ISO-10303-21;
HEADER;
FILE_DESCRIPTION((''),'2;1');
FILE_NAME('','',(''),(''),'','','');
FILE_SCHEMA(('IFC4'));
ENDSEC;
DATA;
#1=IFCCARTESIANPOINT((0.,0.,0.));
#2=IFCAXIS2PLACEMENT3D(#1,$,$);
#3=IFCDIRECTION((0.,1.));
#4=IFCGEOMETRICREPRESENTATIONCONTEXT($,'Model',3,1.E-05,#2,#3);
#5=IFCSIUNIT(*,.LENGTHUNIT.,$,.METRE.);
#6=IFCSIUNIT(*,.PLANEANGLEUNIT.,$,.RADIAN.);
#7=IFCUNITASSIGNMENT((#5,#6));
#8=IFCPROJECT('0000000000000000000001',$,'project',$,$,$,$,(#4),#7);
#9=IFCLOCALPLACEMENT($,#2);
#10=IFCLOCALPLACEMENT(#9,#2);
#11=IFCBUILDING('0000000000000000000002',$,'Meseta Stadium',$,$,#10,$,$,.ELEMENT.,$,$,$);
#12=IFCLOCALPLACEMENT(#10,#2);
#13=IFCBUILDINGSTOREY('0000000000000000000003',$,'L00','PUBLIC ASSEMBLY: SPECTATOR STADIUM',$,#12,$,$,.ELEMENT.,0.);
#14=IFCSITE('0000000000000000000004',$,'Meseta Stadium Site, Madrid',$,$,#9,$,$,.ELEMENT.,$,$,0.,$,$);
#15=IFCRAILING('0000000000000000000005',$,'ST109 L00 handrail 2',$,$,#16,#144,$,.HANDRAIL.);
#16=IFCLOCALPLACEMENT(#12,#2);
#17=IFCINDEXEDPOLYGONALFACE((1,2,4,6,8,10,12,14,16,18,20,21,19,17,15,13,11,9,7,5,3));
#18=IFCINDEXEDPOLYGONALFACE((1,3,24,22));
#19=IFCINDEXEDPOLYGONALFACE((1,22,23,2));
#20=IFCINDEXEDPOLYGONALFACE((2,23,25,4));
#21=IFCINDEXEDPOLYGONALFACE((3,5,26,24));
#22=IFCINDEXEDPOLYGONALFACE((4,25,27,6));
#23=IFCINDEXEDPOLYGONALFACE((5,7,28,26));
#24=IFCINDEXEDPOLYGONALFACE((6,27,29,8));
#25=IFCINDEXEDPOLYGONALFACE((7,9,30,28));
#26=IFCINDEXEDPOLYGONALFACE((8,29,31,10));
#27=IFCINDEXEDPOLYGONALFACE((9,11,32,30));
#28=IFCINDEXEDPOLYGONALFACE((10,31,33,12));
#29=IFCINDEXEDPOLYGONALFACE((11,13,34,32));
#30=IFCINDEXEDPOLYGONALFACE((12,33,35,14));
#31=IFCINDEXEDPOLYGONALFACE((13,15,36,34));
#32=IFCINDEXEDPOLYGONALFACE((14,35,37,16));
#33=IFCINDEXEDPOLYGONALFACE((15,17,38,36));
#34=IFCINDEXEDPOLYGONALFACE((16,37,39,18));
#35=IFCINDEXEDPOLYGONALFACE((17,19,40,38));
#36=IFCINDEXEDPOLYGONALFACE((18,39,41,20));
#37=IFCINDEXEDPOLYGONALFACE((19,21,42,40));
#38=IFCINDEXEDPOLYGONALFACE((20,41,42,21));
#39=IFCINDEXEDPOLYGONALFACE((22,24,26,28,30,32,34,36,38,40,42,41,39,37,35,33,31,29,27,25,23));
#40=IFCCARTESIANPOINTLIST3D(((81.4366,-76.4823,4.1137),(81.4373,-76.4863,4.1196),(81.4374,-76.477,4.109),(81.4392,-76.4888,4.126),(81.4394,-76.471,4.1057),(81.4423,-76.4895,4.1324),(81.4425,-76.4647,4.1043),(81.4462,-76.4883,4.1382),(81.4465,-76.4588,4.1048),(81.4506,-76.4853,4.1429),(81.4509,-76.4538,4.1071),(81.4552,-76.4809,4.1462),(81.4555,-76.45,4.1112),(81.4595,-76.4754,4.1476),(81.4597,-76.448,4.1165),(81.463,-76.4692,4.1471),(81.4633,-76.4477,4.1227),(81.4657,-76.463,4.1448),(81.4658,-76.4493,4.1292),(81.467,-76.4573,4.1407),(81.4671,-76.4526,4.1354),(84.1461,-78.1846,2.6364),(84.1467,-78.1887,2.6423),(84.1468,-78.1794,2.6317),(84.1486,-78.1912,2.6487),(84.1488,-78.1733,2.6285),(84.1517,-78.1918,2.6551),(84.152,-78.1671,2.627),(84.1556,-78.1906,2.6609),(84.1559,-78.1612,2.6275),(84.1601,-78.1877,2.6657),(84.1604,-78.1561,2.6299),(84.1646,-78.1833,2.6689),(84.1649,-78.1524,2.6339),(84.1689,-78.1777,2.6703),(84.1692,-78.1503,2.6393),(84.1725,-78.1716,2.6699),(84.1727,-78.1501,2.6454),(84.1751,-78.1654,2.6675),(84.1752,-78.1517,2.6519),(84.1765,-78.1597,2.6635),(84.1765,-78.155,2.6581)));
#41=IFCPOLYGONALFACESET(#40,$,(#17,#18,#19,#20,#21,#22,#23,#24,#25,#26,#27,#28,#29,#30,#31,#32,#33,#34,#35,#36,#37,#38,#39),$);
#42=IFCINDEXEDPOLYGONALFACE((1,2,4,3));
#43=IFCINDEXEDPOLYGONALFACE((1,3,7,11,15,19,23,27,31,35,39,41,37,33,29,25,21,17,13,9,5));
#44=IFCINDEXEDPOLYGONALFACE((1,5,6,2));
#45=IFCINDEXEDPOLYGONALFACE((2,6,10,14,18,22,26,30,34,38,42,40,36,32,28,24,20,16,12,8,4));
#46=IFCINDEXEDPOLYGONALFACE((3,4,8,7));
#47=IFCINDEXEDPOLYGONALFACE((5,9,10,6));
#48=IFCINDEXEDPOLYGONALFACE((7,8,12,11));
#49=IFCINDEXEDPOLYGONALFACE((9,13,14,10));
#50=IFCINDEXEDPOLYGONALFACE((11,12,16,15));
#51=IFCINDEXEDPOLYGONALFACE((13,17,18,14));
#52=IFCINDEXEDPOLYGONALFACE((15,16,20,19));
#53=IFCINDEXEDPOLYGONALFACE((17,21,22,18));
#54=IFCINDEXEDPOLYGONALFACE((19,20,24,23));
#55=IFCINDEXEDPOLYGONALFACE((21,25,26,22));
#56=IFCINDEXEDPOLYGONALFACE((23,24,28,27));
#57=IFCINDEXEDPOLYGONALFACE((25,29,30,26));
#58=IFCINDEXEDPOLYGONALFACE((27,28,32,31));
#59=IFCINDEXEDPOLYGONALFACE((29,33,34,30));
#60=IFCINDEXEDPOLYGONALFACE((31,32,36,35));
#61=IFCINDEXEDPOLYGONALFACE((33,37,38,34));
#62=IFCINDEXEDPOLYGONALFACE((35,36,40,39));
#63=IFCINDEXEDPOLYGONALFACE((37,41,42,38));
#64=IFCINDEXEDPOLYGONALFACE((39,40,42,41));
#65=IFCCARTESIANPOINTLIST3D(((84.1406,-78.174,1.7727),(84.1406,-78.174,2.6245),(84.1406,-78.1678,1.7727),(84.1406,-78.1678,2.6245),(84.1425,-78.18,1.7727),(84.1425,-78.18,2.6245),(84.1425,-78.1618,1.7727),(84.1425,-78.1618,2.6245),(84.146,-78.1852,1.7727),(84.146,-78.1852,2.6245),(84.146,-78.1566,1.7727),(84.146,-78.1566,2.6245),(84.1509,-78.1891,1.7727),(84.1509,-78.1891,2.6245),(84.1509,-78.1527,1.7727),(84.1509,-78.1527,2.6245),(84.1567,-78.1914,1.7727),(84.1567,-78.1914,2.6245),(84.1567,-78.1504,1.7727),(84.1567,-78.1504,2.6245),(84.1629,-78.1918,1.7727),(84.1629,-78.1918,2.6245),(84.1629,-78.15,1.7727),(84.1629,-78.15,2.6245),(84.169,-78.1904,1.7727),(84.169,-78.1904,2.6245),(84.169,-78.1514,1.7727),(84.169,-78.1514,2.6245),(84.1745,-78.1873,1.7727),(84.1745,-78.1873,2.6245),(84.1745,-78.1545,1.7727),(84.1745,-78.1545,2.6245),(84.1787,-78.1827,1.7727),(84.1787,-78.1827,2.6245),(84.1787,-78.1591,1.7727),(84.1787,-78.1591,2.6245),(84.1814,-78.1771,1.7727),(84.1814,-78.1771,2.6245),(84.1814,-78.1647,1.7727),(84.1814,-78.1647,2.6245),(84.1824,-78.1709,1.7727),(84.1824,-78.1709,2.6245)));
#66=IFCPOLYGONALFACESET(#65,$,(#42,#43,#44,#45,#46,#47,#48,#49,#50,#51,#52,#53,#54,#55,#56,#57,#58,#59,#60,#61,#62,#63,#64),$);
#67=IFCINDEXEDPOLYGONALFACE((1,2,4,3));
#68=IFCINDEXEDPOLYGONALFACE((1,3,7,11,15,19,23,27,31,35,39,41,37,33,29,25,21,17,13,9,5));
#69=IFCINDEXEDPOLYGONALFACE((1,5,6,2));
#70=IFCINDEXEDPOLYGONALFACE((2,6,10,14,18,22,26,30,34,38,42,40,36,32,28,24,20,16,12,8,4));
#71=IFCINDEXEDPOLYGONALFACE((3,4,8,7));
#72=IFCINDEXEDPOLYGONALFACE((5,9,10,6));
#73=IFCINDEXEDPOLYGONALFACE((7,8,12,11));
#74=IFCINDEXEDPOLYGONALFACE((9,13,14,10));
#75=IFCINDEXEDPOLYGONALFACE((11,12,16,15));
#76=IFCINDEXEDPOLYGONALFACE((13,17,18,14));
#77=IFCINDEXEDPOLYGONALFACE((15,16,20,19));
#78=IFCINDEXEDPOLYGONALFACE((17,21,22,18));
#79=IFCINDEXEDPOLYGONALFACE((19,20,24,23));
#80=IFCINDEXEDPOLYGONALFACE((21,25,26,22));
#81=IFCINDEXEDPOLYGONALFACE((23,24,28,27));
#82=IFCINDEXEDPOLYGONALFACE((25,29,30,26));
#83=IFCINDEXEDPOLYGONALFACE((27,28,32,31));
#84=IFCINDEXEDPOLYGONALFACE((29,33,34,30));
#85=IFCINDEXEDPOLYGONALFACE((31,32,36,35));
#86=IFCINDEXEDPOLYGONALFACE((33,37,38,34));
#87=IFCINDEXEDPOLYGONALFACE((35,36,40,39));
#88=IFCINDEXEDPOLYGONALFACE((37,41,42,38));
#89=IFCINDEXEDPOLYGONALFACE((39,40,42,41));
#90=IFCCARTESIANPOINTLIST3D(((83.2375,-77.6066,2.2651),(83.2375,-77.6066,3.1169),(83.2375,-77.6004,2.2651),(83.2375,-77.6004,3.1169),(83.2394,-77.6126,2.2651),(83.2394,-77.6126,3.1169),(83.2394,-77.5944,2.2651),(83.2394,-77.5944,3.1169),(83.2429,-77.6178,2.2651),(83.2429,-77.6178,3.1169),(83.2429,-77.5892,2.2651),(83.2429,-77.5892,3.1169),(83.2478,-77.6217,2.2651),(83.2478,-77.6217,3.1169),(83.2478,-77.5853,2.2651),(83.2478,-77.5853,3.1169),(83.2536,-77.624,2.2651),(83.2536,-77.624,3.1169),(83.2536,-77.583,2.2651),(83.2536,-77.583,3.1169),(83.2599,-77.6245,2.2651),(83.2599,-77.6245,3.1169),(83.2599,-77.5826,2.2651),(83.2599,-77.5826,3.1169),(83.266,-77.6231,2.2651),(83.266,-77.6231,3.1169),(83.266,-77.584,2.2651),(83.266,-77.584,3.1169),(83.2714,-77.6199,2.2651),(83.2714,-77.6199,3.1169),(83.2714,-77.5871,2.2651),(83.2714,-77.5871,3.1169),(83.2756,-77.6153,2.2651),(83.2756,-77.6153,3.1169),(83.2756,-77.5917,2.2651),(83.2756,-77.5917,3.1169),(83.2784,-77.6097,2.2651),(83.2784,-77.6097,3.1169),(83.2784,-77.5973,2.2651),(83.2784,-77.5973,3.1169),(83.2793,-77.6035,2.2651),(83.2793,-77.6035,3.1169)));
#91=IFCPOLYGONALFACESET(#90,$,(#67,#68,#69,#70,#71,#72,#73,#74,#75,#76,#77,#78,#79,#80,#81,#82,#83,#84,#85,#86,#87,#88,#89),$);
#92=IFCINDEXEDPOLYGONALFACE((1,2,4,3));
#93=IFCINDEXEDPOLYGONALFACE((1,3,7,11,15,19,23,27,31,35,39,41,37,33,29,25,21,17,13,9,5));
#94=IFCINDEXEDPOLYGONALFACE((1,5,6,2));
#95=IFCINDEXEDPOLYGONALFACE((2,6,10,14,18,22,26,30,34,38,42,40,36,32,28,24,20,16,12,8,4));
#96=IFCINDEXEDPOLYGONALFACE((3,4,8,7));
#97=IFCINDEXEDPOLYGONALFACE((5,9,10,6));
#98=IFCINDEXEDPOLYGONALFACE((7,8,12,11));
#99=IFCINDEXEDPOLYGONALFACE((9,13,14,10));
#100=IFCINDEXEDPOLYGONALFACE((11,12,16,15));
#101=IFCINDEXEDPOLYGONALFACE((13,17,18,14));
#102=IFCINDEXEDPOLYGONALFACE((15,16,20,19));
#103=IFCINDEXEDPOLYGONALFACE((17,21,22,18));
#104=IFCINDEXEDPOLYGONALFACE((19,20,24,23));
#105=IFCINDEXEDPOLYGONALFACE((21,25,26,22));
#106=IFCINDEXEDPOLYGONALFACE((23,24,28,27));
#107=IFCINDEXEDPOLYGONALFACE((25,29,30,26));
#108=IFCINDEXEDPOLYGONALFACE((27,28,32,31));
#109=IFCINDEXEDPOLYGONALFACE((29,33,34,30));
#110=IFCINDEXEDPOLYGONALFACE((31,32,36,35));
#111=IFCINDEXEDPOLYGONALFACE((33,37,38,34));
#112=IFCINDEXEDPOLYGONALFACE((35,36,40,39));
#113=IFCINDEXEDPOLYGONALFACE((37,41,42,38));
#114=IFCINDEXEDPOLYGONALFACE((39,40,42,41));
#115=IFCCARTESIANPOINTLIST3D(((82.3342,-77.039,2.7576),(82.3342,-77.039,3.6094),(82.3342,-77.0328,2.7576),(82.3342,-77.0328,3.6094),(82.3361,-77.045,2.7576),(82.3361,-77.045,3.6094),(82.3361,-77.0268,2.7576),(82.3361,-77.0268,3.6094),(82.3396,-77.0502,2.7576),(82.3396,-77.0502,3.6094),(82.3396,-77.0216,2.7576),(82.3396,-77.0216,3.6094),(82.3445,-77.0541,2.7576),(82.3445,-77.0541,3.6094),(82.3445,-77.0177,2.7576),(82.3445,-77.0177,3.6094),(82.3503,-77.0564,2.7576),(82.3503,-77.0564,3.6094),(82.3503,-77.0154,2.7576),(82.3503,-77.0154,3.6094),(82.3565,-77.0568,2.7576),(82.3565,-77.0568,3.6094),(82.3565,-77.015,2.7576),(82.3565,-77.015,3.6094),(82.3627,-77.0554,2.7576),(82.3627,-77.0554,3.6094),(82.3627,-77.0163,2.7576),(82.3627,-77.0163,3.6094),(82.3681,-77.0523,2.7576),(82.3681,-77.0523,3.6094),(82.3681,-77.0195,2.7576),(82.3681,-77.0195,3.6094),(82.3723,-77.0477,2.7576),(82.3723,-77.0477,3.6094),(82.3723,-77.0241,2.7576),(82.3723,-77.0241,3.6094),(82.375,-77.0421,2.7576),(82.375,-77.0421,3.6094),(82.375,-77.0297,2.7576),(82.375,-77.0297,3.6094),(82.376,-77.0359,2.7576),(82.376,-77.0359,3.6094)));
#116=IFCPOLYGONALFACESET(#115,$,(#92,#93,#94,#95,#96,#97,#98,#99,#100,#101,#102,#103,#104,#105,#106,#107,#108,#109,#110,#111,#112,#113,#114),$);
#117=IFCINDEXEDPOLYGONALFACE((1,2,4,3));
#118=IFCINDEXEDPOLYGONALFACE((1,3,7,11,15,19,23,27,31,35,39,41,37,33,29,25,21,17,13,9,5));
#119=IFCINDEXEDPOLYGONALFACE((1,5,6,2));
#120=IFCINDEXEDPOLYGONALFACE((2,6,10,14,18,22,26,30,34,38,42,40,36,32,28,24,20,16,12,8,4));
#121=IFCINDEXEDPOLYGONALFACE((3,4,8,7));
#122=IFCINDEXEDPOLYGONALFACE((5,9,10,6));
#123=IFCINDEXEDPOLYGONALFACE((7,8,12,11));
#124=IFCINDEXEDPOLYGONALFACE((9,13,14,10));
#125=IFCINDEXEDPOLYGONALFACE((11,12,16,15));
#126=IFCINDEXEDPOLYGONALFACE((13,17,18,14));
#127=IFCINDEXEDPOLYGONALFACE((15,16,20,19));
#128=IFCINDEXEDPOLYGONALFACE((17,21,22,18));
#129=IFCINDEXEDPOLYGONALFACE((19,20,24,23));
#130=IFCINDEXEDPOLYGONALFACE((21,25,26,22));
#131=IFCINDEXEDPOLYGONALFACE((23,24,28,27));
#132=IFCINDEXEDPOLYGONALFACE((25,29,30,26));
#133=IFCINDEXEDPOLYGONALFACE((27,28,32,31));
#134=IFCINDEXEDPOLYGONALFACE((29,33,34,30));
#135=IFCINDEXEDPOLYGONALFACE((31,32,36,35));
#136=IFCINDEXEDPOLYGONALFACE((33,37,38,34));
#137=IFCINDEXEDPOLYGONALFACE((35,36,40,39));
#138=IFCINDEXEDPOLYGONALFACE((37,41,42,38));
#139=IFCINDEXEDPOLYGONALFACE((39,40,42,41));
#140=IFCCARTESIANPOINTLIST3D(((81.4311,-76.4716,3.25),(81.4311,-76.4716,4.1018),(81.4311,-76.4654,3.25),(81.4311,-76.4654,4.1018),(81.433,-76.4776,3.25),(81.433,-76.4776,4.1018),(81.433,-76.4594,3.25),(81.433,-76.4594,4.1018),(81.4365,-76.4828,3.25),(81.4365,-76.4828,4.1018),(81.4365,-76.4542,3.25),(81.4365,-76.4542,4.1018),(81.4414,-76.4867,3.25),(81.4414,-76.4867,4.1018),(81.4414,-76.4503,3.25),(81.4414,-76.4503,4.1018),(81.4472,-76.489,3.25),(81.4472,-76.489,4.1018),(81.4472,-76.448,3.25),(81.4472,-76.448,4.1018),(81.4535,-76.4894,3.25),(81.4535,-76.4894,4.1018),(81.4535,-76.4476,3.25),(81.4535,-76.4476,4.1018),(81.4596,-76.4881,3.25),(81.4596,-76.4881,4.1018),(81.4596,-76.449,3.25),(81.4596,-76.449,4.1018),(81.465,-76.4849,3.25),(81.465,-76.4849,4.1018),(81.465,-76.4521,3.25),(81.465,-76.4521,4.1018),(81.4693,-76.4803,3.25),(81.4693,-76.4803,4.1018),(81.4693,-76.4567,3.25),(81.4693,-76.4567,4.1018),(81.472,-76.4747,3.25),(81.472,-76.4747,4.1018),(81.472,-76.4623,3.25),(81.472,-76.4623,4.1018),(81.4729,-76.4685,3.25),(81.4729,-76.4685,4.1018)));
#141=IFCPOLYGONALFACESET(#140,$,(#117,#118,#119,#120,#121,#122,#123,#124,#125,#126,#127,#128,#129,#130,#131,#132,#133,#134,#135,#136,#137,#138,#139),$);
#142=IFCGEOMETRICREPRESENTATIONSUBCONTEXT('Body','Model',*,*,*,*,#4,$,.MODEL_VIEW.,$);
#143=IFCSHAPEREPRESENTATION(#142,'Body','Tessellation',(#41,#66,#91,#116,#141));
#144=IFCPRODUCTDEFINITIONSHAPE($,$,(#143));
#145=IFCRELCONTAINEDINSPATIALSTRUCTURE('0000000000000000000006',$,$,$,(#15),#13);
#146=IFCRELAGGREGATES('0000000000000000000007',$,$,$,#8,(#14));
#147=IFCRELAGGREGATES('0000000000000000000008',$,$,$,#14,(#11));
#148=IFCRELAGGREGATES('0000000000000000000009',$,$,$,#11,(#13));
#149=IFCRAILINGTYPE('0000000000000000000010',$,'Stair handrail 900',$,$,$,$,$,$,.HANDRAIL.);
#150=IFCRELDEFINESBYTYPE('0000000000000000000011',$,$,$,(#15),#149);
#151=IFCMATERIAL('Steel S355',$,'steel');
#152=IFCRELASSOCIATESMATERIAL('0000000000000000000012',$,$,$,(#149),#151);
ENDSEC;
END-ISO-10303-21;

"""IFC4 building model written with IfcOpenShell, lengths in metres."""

from ifc_helpers import new_model, si_unit, direction, frame, origin, origin_2d, place, context, subcontext, project, spatial, circle, extrude, material, type_object, element, save


model = new_model("IFC4")

# Units and contexts
model_context = context("Model", 3, precision=1e-05, world=origin(), true_north=direction((0.0, 1.0)))
body_context = subcontext(model_context, "Body", "Model", "MODEL_VIEW")
ifc_project = project(units=[si_unit("LENGTHUNIT", "METRE"), si_unit("PLANEANGLEUNIT", "RADIAN")], contexts=[model_context])

# Site, building, storey
site_placement = place(None, origin())
site = spatial("IfcSite", under=ifc_project, at=site_placement, Name="Meseta Stadium Site, Madrid", CompositionType="ELEMENT", RefElevation=0.0)
building_placement = place(site_placement, origin())
building = spatial("IfcBuilding", under=site, at=building_placement, Name="Meseta Stadium", CompositionType="ELEMENT")
storey_placement = place(building_placement, origin())
storey = spatial("IfcBuildingStorey", under=building, at=storey_placement, Name="L00", Description="PUBLIC ASSEMBLY: SPECTATOR STADIUM", CompositionType="ELEMENT", Elevation=0.0)

# Railing
ifc_material_1 = material(Name="Steel S355", Category="steel")
railing_type_1 = type_object("IfcRailingType", Name="Stair handrail 900", PredefinedType="HANDRAIL", material=ifc_material_1)
railing_1_placement = place(storey_placement, frame((84.1614, -78.1709, 1.7727)))
element("IfcRailing", 1, at=railing_1_placement, inside=storey, type_object=railing_type_1, Name="ST109 L00 handrail 2", PredefinedType="HANDRAIL", context=body_context, shape_type="SweptSolid", body=[
    extrude(circle(Radius=0.0239, at=origin_2d()), frame((0.0, 0.0, 0.876), z_axis=(-0.768764, 0.483023, 0.419156), x_axis=(-0.532014, -0.846736, 0.0)), (0.0, 0.0, 1.0), 3.5244),
    extrude(circle(Radius=0.021, at=origin_2d()), origin(), (0.0, 0.0, 1.0), 0.8518),
    extrude(circle(Radius=0.021, at=origin_2d()), frame((-0.9031, 0.5674, 0.4924)), (0.0, 0.0, 1.0), 0.8518),
    extrude(circle(Radius=0.021, at=origin_2d()), frame((-1.8064, 1.135, 0.9849)), (0.0, 0.0, 1.0), 0.8518),
    extrude(circle(Radius=0.021, at=origin_2d()), frame((-2.7095, 1.7024, 1.4773)), (0.0, 0.0, 1.0), 0.8518),
])

save(model, "model.ifc")
